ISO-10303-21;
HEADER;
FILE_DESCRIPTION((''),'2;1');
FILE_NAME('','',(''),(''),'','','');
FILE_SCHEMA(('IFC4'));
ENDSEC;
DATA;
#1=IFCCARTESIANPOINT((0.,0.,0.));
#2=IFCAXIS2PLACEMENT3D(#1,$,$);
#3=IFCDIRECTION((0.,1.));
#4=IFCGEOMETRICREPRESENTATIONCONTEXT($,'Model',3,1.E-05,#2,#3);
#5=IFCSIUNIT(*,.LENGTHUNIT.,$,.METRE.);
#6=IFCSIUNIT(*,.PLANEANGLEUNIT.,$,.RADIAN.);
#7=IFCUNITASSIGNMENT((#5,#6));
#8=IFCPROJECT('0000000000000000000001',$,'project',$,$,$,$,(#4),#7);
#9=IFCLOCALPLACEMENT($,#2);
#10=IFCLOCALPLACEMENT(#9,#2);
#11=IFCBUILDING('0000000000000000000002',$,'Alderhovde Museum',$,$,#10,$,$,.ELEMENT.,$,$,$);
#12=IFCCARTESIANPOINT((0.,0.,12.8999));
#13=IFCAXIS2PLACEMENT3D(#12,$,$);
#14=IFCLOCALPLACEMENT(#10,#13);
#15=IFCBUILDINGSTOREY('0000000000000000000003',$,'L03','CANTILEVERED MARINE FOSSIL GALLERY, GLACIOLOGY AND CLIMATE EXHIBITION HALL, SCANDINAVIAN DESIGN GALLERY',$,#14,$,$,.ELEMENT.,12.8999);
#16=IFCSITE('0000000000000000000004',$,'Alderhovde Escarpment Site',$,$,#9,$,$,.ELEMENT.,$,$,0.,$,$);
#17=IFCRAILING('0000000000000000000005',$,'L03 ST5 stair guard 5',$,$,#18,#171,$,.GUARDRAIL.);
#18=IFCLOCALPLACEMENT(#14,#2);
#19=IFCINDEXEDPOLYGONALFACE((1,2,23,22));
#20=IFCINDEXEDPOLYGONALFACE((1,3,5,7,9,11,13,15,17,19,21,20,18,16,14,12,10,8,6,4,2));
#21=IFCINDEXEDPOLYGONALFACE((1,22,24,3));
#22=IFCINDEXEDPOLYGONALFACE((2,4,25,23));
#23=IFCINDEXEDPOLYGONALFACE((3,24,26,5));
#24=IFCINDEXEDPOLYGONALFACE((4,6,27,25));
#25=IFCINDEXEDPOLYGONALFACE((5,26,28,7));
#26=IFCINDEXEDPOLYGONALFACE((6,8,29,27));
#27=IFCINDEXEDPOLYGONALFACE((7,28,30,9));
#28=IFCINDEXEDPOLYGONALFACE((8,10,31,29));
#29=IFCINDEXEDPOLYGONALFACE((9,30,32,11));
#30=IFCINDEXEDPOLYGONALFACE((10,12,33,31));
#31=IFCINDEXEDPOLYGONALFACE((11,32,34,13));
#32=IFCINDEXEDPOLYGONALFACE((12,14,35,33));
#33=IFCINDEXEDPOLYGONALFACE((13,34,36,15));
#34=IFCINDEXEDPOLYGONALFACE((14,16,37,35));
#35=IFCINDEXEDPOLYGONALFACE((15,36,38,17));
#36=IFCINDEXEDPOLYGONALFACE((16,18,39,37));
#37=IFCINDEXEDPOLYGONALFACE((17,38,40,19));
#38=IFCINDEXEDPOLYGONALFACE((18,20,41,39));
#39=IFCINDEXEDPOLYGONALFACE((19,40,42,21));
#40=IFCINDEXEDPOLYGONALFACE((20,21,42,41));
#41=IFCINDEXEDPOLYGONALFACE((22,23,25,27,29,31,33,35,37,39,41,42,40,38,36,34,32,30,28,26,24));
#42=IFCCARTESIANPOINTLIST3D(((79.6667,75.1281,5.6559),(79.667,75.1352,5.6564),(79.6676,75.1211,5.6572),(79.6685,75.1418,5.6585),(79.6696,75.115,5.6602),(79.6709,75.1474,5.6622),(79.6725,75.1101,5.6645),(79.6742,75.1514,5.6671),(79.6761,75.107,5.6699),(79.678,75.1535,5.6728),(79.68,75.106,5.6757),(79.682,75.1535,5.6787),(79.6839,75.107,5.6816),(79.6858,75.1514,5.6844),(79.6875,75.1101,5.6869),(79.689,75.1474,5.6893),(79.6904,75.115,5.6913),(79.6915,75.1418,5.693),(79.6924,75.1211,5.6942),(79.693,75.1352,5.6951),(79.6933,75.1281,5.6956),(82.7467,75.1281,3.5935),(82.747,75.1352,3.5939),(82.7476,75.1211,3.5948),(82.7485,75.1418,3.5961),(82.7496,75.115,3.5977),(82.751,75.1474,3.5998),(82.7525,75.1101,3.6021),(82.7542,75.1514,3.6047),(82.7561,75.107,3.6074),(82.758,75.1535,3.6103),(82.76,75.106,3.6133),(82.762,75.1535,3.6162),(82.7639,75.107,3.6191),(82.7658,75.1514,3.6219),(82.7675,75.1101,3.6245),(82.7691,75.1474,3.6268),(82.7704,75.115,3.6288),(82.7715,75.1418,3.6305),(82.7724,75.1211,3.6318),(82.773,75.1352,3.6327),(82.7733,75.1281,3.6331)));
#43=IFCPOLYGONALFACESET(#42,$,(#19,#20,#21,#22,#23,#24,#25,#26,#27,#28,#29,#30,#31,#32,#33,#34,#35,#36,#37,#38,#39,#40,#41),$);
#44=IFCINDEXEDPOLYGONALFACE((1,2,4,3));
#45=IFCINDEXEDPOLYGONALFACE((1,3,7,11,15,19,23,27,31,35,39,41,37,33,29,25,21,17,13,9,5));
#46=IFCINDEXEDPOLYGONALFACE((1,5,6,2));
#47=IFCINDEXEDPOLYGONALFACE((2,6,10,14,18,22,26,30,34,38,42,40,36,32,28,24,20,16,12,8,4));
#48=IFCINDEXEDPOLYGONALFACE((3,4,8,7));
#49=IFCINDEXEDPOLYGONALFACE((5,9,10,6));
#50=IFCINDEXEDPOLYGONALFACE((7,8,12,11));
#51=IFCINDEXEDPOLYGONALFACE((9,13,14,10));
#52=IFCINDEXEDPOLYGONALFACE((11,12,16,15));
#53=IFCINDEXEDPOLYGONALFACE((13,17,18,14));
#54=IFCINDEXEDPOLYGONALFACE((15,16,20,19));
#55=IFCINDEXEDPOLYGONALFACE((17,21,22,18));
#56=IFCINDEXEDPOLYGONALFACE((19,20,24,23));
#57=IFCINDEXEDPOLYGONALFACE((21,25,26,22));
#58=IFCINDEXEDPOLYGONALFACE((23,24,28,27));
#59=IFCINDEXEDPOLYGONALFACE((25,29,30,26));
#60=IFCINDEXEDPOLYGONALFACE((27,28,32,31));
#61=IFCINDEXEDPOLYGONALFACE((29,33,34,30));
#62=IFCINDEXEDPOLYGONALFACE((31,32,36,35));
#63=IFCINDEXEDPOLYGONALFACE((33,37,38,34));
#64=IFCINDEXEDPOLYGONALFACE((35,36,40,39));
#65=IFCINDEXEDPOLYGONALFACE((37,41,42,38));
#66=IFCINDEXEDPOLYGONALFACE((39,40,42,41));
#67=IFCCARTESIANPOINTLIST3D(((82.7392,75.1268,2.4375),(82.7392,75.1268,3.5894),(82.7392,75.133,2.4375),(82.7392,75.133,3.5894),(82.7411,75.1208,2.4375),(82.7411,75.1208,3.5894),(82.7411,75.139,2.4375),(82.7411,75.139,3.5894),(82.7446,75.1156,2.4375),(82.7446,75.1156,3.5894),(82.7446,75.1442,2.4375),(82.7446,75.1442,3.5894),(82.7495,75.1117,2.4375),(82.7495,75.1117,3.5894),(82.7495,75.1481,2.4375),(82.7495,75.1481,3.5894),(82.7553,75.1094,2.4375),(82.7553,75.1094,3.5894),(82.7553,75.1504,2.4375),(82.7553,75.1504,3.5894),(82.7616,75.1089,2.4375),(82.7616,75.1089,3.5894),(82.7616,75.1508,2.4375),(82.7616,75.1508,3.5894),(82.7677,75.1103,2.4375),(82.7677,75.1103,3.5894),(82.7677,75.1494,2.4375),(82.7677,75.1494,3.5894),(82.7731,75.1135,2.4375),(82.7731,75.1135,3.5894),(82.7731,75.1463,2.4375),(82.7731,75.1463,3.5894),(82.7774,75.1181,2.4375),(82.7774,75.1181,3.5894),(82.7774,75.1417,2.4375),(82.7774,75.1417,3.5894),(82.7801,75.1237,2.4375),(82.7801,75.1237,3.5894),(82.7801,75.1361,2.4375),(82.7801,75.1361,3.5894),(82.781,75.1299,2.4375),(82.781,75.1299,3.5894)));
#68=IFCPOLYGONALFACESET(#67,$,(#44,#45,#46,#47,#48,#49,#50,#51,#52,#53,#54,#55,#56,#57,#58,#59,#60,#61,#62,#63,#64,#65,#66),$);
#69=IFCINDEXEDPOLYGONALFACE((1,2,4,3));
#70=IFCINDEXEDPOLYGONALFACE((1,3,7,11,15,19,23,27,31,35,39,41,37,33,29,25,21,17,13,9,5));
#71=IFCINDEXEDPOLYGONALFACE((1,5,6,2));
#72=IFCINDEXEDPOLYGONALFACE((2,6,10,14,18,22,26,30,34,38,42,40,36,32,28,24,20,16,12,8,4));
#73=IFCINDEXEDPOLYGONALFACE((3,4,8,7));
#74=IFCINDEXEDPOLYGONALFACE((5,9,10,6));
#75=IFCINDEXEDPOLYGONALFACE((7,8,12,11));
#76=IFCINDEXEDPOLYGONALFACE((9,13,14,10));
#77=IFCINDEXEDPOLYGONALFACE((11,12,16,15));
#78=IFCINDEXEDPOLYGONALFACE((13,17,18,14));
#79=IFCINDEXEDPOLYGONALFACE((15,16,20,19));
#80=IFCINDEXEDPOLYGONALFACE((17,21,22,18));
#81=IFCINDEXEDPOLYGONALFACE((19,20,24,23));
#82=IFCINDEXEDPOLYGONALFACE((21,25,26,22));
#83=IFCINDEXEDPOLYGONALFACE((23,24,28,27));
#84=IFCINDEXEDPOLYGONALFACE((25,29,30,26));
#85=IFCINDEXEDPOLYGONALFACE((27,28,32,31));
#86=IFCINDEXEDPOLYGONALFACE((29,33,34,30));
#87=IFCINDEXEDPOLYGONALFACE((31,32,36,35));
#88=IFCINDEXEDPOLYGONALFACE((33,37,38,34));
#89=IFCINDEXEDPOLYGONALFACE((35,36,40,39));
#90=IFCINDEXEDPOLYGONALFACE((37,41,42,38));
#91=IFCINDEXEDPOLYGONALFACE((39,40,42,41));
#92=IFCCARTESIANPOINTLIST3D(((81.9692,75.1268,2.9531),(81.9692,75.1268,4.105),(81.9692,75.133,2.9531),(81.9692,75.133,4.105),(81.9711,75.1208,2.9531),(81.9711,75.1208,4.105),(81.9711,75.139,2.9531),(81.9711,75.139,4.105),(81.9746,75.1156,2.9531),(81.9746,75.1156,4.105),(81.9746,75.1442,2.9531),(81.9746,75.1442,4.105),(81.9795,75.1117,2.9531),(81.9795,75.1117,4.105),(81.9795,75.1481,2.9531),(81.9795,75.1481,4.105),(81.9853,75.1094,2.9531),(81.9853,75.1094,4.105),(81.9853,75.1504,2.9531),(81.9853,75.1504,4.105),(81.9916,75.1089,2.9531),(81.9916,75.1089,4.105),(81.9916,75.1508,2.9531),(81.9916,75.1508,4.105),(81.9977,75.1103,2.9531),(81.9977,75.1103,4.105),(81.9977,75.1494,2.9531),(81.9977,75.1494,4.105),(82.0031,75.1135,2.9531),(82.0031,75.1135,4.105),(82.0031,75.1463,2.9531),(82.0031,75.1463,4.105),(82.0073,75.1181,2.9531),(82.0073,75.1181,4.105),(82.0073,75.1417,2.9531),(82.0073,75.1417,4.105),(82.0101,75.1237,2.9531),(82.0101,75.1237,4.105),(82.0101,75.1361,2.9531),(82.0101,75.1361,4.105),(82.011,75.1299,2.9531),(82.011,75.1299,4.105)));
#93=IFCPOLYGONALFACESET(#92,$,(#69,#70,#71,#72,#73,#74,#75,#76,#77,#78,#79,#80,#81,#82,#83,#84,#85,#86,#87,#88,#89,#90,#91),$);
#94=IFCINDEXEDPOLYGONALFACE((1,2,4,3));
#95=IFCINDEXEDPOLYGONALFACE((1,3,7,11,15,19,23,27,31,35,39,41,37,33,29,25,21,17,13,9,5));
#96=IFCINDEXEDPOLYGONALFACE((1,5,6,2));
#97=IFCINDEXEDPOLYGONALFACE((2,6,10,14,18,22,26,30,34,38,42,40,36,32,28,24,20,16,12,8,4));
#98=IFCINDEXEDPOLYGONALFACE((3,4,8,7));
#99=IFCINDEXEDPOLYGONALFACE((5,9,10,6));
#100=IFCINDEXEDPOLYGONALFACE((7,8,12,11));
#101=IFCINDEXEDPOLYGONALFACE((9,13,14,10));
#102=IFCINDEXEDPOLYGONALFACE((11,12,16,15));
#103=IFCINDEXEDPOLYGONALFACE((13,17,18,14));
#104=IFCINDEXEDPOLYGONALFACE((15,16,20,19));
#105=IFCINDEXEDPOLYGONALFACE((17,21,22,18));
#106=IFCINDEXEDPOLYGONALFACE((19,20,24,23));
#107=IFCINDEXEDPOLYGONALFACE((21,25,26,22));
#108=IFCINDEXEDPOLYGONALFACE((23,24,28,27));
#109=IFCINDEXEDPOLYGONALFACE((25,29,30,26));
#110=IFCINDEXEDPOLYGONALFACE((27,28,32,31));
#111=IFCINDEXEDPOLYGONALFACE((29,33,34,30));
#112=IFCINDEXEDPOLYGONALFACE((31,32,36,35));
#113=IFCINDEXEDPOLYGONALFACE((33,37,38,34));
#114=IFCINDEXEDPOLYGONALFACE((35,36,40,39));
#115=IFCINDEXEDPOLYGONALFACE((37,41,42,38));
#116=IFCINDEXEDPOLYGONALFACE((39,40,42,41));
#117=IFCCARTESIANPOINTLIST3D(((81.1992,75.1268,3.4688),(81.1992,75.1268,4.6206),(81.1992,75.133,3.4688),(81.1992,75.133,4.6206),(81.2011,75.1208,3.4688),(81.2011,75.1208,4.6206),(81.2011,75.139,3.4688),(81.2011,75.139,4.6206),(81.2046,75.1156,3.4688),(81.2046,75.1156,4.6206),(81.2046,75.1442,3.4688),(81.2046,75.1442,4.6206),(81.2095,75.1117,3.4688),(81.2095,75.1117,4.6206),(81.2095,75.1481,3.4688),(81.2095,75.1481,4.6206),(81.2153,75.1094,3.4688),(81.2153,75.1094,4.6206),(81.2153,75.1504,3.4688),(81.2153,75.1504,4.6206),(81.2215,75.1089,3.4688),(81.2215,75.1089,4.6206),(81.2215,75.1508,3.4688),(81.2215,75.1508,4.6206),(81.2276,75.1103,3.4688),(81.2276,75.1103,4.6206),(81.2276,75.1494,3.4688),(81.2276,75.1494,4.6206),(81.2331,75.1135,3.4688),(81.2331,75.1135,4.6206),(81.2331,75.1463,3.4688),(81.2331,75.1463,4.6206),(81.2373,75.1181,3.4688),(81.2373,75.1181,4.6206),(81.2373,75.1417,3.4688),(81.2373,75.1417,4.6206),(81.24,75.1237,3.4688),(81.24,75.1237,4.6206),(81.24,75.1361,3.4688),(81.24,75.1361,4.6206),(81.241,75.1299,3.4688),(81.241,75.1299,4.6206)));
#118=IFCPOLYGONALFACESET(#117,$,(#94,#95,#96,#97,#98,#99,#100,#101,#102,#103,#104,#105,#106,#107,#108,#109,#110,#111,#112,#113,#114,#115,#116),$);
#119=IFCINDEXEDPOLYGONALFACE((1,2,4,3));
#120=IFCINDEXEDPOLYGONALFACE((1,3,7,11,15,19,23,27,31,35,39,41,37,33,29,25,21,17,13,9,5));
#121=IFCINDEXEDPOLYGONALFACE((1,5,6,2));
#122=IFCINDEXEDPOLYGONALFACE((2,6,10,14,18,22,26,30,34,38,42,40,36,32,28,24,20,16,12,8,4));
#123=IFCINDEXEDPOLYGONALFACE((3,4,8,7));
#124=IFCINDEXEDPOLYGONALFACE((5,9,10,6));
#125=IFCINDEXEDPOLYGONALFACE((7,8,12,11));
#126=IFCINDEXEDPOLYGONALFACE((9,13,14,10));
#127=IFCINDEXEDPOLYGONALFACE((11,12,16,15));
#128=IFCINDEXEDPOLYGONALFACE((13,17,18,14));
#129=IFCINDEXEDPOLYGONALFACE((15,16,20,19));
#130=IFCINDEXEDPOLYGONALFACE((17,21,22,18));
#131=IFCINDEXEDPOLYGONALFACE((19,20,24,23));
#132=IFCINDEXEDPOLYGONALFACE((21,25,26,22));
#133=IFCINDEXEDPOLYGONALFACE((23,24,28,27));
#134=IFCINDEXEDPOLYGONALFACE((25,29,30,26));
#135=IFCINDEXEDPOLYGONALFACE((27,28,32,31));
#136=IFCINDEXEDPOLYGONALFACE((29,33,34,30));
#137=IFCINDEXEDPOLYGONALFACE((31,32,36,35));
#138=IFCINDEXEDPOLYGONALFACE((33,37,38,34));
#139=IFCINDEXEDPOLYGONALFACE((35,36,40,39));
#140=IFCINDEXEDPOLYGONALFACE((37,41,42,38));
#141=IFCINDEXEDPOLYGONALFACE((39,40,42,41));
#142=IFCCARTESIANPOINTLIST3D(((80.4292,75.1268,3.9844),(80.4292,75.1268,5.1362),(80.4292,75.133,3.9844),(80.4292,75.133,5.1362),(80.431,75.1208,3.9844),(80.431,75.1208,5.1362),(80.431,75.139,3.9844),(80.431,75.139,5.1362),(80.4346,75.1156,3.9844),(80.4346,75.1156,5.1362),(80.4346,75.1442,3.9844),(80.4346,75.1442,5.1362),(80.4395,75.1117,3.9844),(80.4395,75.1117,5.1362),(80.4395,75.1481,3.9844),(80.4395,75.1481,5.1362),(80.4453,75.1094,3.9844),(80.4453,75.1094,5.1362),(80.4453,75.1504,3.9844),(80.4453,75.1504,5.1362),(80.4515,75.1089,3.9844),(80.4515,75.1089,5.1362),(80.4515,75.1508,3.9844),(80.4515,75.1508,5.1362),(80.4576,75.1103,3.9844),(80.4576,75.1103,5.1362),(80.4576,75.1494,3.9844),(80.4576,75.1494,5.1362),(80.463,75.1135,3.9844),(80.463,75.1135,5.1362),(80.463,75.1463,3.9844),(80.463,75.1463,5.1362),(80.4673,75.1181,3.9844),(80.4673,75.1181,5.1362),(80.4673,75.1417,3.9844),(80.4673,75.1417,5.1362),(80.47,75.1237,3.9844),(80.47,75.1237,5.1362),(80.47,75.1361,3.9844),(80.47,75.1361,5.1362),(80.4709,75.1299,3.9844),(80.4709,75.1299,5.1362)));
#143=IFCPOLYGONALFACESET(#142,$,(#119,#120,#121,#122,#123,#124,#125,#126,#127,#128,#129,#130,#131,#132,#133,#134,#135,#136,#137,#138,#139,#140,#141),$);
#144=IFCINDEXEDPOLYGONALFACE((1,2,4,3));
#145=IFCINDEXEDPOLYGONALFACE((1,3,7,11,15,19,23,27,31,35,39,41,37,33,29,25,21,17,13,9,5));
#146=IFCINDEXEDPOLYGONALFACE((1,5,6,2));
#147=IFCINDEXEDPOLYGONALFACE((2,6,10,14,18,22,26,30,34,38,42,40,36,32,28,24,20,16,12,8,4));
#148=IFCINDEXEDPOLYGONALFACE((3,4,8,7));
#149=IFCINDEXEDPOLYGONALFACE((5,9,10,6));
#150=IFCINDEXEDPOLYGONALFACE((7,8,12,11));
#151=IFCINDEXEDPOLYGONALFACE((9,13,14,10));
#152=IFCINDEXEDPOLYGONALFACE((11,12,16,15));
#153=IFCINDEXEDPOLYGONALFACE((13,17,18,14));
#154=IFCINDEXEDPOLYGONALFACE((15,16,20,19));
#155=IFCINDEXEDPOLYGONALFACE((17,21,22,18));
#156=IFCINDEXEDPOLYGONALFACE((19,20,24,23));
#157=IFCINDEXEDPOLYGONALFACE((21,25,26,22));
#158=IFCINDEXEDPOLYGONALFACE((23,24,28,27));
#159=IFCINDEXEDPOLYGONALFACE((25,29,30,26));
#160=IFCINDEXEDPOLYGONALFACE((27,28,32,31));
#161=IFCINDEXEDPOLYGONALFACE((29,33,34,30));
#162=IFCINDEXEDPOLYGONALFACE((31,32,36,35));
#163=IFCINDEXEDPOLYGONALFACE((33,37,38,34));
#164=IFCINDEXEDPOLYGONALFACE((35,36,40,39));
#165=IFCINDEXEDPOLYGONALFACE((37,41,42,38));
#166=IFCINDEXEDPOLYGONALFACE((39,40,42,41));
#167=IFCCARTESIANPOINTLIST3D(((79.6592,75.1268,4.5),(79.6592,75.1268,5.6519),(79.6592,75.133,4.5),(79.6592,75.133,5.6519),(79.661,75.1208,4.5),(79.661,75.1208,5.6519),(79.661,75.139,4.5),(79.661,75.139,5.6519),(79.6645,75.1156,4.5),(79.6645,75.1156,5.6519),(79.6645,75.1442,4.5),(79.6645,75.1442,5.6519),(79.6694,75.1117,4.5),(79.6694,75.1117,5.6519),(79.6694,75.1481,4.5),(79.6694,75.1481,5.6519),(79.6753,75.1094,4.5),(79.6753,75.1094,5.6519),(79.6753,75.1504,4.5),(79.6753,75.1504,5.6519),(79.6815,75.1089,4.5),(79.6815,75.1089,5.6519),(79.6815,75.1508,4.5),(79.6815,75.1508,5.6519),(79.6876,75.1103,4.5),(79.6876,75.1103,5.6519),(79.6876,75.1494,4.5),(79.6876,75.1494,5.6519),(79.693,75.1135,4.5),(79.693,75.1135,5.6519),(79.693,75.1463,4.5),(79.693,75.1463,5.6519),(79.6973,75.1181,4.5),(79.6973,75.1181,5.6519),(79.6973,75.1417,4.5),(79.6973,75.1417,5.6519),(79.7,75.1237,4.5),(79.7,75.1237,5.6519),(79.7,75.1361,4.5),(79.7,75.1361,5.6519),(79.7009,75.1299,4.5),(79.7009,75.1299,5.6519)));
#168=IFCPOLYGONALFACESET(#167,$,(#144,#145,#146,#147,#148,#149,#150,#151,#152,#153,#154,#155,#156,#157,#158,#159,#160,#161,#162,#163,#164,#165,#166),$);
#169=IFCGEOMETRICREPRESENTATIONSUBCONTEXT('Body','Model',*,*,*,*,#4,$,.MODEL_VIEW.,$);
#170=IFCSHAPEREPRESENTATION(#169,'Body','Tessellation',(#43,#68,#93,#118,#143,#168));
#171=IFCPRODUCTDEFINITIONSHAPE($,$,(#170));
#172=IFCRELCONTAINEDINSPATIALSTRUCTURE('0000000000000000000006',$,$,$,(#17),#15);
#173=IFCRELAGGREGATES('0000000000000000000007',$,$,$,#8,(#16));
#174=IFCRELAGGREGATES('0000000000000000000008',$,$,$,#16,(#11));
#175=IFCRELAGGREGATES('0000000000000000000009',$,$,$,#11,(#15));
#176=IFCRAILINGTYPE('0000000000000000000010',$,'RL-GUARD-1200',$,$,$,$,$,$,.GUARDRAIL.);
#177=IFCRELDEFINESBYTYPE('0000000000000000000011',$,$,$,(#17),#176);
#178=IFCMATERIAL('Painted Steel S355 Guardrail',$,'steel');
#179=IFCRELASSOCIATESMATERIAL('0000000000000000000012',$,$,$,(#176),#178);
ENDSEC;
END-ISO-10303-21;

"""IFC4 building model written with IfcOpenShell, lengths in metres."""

from ifc_helpers import new_model, si_unit, direction, frame, origin, origin_2d, place, context, subcontext, project, spatial, circle, extrude, material, type_object, element, save


model = new_model("IFC4")

# Units and contexts
model_context = context("Model", 3, precision=1e-05, world=origin(), true_north=direction((0.0, 1.0)))
body_context = subcontext(model_context, "Body", "Model", "MODEL_VIEW")
ifc_project = project(units=[si_unit("LENGTHUNIT", "METRE"), si_unit("PLANEANGLEUNIT", "RADIAN")], contexts=[model_context])

# Site, building, storey
site_placement = place(None, origin())
site = spatial("IfcSite", under=ifc_project, at=site_placement, Name="Alderhovde Escarpment Site", CompositionType="ELEMENT", RefElevation=0.0)
building_placement = place(site_placement, origin())
building = spatial("IfcBuilding", under=site, at=building_placement, Name="Alderhovde Museum", CompositionType="ELEMENT")
storey_placement = place(building_placement, frame((0.0, 0.0, 12.8999)))
storey = spatial("IfcBuildingStorey", under=building, at=storey_placement, Name="L03", Description="CANTILEVERED MARINE FOSSIL GALLERY, GLACIOLOGY AND CLIMATE EXHIBITION HALL, SCANDINAVIAN DESIGN GALLERY", CompositionType="ELEMENT", Elevation=12.8999)

# Railing
ifc_material_1 = material(Name="Painted Steel S355 Guardrail", Category="steel")
railing_type_1 = type_object("IfcRailingType", Name="RL-GUARD-1200", PredefinedType="GUARDRAIL", material=ifc_material_1)
railing_1_placement = place(storey_placement, frame((82.76, 75.1299, 2.4375)))
element("IfcRailing", 1, at=railing_1_placement, inside=storey, type_object=railing_type_1, Name="L03 ST5 stair guard 5", PredefinedType="GUARDRAIL", context=body_context, shape_type="SweptSolid", body=[
    extrude(circle(Radius=0.0239, at=origin_2d()), frame((0.0, 0.0, 1.1758), z_axis=(-0.830914, 0.0, 0.556401), x_axis=(0.0, -1.0, 0.0)), (0.0, 0.0, 1.0), 3.7068),
    extrude(circle(Radius=0.021, at=origin_2d()), origin(), (0.0, 0.0, 1.0), 1.1519),
    extrude(circle(Radius=0.021, at=origin_2d()), frame((-0.77, 0.0, 0.5156)), (0.0, 0.0, 1.0), 1.1519),
    extrude(circle(Radius=0.021, at=origin_2d()), frame((-1.54, 0.0, 1.0312)), (0.0, 0.0, 1.0), 1.1519),
    extrude(circle(Radius=0.021, at=origin_2d()), frame((-2.3101, 0.0, 1.5469)), (0.0, 0.0, 1.0), 1.1519),
    extrude(circle(Radius=0.021, at=origin_2d()), frame((-3.0801, 0.0, 2.0625)), (0.0, 0.0, 1.0), 1.1519),
])

save(model, "model.ifc")
